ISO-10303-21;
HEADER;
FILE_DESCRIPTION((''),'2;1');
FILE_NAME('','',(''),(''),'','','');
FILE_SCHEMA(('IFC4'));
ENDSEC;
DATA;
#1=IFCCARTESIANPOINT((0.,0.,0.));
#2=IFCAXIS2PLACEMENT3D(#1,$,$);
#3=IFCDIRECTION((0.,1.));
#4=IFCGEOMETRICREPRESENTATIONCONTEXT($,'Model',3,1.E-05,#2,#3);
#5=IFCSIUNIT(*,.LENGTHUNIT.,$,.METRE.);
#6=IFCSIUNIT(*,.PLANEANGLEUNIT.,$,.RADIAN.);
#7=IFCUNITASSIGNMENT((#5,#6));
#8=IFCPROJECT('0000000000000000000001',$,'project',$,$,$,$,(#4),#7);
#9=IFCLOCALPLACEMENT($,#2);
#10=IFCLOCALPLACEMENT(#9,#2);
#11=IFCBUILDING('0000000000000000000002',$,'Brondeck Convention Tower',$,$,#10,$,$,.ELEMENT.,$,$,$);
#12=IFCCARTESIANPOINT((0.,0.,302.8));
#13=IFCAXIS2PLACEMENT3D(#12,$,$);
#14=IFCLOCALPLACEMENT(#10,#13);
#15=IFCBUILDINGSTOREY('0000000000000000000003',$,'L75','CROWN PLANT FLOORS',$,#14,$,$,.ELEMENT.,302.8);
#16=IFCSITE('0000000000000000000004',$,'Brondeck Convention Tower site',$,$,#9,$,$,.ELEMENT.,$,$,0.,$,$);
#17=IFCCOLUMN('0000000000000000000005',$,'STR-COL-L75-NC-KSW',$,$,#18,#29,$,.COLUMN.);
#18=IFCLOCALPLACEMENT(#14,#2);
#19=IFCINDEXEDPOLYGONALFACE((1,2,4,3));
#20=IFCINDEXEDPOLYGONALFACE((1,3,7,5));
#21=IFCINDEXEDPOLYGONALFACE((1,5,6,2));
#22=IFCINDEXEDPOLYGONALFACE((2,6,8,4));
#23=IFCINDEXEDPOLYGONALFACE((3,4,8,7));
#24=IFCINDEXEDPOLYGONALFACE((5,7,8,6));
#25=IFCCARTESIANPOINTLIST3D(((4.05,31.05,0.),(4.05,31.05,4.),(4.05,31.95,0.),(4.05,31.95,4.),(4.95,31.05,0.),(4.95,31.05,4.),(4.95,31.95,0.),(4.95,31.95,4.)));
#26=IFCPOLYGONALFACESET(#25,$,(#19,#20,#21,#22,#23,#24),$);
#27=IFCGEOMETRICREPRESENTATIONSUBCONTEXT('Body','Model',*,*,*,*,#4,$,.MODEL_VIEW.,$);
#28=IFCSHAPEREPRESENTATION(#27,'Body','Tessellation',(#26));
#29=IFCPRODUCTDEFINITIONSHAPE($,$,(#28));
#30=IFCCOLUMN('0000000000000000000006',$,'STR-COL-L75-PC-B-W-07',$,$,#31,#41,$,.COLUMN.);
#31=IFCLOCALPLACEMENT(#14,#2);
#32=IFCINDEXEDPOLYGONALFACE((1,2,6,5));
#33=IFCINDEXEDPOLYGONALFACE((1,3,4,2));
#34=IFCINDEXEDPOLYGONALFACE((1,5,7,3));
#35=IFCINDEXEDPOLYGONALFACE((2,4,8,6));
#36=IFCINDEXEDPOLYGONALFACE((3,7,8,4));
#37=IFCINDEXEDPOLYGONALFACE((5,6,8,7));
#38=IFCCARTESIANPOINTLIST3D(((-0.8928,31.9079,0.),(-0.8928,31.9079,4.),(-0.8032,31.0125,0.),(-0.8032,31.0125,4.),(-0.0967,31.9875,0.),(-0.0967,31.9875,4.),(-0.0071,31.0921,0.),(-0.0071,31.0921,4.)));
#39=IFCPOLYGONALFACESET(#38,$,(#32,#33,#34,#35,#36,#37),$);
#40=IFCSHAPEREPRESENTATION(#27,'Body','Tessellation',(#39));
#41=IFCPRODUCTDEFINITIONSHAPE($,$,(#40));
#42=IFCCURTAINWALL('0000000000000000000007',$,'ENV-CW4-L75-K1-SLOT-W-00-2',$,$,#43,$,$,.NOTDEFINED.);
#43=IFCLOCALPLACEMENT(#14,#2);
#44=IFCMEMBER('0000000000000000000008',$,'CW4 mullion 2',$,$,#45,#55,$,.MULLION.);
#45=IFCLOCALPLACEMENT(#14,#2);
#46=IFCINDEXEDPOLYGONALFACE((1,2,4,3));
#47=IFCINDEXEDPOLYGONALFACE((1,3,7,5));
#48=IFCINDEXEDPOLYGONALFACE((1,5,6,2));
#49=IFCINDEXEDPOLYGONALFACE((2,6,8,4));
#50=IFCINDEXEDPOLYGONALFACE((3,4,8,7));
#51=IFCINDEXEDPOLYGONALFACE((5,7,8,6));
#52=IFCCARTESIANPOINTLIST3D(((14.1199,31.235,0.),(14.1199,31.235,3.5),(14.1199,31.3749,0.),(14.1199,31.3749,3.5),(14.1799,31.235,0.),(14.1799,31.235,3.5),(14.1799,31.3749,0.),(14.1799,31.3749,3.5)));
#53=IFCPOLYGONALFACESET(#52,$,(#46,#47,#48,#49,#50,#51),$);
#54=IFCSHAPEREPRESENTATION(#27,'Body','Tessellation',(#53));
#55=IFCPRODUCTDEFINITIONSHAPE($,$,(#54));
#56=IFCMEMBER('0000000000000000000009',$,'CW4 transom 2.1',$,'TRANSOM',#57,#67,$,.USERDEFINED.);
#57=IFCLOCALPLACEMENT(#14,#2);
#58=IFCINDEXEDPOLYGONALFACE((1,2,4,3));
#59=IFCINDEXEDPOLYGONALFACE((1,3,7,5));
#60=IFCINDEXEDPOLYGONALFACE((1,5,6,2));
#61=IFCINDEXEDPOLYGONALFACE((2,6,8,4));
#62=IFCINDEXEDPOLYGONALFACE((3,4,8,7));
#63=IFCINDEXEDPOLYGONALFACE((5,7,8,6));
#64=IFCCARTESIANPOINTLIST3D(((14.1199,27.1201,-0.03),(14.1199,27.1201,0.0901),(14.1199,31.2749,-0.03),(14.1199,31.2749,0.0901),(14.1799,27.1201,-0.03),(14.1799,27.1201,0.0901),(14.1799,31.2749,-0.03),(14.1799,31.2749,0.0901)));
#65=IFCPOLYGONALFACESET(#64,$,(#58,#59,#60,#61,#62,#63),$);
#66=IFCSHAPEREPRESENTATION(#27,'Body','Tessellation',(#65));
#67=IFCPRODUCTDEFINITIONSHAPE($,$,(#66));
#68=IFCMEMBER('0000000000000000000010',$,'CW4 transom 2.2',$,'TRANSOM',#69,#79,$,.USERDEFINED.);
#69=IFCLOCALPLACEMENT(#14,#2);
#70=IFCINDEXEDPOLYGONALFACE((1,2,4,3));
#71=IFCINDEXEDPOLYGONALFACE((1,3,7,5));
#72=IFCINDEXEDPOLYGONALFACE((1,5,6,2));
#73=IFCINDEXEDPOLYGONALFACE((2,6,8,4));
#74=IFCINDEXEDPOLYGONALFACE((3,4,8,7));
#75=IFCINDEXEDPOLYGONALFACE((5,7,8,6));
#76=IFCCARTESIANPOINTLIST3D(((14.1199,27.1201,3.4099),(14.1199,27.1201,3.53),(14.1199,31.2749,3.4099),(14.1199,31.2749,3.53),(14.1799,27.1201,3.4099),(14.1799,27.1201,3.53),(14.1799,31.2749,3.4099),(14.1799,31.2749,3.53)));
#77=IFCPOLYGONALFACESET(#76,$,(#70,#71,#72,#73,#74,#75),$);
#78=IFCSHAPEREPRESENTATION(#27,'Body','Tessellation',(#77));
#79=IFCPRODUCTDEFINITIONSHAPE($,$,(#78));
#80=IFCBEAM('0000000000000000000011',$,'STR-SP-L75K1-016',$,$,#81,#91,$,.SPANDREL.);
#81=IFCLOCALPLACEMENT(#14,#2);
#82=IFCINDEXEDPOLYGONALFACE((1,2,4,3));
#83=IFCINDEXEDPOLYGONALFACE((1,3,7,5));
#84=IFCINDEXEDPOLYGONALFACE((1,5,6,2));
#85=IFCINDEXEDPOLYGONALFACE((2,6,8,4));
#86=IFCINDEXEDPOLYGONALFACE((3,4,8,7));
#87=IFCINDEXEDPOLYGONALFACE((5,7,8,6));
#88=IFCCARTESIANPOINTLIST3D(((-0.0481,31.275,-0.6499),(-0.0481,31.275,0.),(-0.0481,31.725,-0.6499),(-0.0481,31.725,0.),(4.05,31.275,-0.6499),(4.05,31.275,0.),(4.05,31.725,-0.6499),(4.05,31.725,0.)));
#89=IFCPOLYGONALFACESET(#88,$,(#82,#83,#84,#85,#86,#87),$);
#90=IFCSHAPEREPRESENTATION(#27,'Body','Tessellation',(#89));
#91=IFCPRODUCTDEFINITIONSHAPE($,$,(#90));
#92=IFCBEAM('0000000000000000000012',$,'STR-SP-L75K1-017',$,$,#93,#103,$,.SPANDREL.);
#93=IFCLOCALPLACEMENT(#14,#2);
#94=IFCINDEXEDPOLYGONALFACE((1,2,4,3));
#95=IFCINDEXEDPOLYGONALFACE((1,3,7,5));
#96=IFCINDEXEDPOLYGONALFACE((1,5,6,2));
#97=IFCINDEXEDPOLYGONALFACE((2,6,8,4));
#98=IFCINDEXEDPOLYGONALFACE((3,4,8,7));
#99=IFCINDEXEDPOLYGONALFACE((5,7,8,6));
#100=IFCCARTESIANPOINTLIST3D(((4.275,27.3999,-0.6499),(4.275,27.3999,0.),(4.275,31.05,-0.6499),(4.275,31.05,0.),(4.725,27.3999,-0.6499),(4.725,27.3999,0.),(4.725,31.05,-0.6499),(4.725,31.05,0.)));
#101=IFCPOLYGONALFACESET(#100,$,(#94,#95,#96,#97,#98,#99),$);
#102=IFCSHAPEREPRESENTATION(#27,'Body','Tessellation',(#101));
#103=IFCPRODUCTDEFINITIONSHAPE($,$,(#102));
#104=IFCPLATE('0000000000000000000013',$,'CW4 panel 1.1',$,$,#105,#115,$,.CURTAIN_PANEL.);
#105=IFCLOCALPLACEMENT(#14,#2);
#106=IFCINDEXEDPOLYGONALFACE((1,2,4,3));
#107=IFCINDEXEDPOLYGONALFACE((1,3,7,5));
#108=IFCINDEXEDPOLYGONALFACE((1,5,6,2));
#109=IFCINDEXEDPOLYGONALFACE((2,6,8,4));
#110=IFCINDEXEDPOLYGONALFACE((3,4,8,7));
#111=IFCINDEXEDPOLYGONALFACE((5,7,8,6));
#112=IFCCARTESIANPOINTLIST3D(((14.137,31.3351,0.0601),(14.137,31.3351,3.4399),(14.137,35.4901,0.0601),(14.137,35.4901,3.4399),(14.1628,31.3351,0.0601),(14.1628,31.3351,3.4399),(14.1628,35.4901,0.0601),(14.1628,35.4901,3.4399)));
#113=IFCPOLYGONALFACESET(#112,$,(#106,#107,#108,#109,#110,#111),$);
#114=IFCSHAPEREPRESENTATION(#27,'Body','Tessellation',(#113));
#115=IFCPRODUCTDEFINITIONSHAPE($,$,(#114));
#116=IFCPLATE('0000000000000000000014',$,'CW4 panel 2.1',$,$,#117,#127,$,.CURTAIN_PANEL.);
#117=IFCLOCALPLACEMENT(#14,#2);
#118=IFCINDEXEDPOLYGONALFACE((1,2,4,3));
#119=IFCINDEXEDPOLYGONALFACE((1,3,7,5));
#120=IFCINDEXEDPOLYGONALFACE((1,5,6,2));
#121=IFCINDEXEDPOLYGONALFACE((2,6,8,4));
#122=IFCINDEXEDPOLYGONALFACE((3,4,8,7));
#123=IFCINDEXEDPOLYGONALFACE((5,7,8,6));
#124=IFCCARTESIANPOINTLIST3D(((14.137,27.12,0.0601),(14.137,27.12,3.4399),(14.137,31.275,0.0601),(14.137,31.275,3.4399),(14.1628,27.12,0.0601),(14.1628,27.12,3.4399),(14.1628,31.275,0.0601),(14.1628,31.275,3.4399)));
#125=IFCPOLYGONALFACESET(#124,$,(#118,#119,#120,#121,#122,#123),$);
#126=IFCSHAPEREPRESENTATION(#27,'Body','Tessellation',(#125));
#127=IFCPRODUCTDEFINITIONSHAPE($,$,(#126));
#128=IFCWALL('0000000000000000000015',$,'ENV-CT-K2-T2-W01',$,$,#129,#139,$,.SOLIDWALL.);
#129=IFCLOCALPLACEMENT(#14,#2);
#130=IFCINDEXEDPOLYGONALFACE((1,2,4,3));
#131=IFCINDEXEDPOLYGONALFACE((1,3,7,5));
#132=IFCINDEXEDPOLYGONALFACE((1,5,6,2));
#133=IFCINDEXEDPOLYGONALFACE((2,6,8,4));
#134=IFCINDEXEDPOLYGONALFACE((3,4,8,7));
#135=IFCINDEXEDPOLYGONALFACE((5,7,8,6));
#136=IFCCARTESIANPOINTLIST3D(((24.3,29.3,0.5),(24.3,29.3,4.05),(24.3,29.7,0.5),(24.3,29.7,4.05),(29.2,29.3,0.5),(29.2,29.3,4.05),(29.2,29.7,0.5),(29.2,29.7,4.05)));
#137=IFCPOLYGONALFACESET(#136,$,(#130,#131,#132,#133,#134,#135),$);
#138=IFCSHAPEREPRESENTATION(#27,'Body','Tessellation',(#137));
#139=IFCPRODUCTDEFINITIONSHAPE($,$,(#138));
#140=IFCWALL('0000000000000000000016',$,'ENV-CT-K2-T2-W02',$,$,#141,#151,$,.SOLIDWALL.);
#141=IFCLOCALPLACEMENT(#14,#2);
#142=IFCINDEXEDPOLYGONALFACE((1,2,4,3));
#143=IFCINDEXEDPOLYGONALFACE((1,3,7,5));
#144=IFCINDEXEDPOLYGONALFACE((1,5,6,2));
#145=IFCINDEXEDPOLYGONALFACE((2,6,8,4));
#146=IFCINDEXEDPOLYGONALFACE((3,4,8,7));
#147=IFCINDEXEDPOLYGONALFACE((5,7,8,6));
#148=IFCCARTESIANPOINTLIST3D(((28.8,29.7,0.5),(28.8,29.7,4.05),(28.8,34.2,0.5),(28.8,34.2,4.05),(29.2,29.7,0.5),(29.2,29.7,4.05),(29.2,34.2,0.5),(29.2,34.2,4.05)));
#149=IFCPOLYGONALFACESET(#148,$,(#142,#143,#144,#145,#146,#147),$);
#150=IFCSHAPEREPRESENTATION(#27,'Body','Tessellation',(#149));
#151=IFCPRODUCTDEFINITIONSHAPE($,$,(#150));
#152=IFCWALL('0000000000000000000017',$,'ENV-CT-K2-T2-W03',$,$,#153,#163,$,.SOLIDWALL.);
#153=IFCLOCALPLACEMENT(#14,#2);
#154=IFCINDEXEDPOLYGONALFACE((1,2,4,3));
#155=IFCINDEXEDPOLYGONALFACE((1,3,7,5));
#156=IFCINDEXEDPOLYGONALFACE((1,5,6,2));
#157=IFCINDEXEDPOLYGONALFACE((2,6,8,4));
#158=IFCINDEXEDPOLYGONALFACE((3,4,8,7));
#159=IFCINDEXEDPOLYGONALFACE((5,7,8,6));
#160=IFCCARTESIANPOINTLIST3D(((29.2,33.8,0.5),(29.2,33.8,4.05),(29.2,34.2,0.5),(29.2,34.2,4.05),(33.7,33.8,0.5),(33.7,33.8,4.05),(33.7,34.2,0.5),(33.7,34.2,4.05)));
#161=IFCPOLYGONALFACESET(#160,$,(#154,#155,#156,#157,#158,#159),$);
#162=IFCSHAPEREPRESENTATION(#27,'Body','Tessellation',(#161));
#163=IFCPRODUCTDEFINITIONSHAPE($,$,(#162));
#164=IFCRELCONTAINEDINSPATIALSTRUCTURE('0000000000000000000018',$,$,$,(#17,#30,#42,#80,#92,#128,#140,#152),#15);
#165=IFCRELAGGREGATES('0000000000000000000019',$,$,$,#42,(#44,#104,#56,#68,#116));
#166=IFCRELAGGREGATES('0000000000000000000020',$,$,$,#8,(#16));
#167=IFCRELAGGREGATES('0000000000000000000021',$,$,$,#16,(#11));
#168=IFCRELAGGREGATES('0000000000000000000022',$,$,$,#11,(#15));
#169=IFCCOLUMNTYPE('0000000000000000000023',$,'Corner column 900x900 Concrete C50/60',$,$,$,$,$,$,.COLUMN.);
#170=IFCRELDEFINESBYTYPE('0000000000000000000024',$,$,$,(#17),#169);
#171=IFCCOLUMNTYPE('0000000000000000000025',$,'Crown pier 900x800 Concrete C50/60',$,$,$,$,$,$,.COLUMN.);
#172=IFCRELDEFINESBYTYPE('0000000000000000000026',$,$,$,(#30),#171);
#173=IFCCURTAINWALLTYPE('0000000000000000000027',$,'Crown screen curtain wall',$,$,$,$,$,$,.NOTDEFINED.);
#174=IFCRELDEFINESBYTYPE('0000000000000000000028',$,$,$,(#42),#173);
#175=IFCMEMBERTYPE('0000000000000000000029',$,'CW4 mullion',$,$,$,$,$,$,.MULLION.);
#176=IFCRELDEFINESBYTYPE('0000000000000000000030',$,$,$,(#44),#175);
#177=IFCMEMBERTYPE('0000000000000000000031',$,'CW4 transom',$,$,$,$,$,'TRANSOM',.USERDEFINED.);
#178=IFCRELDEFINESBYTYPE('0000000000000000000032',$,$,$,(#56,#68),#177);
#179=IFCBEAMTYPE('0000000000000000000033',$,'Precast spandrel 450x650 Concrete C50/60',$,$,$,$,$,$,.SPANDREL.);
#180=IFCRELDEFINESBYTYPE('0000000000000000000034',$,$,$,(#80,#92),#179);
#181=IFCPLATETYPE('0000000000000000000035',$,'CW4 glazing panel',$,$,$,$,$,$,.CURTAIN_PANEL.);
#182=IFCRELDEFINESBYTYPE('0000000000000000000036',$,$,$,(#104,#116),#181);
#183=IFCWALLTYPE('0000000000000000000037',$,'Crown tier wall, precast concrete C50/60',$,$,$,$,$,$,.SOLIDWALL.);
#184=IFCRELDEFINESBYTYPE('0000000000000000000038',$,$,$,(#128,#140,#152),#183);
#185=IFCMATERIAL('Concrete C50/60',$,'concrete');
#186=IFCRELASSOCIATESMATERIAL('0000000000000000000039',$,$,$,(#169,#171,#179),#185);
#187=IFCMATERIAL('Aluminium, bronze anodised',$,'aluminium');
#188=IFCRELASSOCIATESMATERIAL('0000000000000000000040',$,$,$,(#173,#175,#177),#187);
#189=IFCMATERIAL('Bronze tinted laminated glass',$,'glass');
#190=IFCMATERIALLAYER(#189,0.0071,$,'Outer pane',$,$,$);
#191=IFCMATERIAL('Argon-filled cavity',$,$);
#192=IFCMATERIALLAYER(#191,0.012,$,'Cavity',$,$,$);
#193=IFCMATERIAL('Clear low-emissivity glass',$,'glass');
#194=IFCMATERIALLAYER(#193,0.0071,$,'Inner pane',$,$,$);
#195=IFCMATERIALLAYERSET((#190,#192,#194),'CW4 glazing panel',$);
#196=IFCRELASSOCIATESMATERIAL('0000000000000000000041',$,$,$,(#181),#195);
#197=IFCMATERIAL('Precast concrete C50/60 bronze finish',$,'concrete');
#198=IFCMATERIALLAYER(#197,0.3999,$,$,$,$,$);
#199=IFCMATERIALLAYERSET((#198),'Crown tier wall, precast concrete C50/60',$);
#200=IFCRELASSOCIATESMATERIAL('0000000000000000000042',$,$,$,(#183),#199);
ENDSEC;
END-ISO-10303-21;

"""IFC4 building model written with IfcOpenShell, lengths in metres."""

from ifc_helpers import new_model, si_unit, direction, frame, frame_2d, origin, origin_2d, place, context, subcontext, project, spatial, rectangle, extrude, material, layer, layer_set, material_profile, profile_set, type_object, element, aggregate, save


model = new_model("IFC4")

# Units and contexts
model_context = context("Model", 3, precision=1e-05, world=origin(), true_north=direction((0.0, 1.0)))
body_context = subcontext(model_context, "Body", "Model", "MODEL_VIEW")
ifc_project = project(units=[si_unit("LENGTHUNIT", "METRE"), si_unit("PLANEANGLEUNIT", "RADIAN")], contexts=[model_context])

# Site, building, storey
site_placement = place(None, origin())
site = spatial("IfcSite", under=ifc_project, at=site_placement, Name="Brondeck Convention Tower site", CompositionType="ELEMENT", RefElevation=0.0)
building_placement = place(site_placement, origin())
building = spatial("IfcBuilding", under=site, at=building_placement, Name="Brondeck Convention Tower", CompositionType="ELEMENT")
storey_placement = place(building_placement, frame((0.0, 0.0, 302.8)))
storey = spatial("IfcBuildingStorey", under=building, at=storey_placement, Name="L75", Description="CROWN PLANT FLOORS", CompositionType="ELEMENT", Elevation=302.8)

# Columns
ifc_material_1 = material(Name="Concrete C50/60", Category="concrete")
ifc_material_profile_1 = material_profile(ifc_material_1, rectangle(XDim=0.8999, YDim=0.8999, at=origin_2d()), Name="Corner column 900x900 Concrete C50/60")
ifc_profile_set_1 = profile_set([ifc_material_profile_1], Name="Concrete C50/60")
column_type_1 = type_object("IfcColumnType", Name="Corner column 900x900 Concrete C50/60", PredefinedType="COLUMN", material=ifc_profile_set_1)
column_1_placement = place(storey_placement, frame((4.5, 31.5, 0.0), z_axis=(0.0, 0.0, 1.0), x_axis=(1.0, 0.0, 0.0)))
element("IfcColumn", 1, at=column_1_placement, inside=storey, type_object=column_type_1, Name="STR-COL-L75-NC-KSW", PredefinedType="COLUMN", context=body_context, shape_type="SweptSolid", body=[
    extrude(rectangle(XDim=0.8999, YDim=0.8999, at=origin_2d()), origin(), (0.0, 0.0, 1.0), 4.0),
])
ifc_material_profile_2 = material_profile(ifc_material_1, rectangle(XDim=0.8999, YDim=0.8, at=origin_2d()), Name="Crown pier 900x800 Concrete C50/60")
ifc_profile_set_2 = profile_set([ifc_material_profile_2], Name="Concrete C50/60")
column_type_2 = type_object("IfcColumnType", Name="Crown pier 900x800 Concrete C50/60", PredefinedType="COLUMN", material=ifc_profile_set_2)
column_2_placement = place(storey_placement, frame((-0.45, 31.5, 0.0), z_axis=(0.0, 0.0, 1.0), x_axis=(0.099504, -0.995037, 0.0)))
element("IfcColumn", 2, at=column_2_placement, inside=storey, type_object=column_type_2, Name="STR-COL-L75-PC-B-W-07", PredefinedType="COLUMN", context=body_context, shape_type="SweptSolid", body=[
    extrude(rectangle(XDim=0.8999, YDim=0.8, at=origin_2d()), origin(), (0.0, 0.0, 1.0), 4.0),
])

# Curtain wall, members
ifc_material_2 = material(Name="Aluminium, bronze anodised", Category="aluminium")
curtain_wall_type = type_object("IfcCurtainWallType", Name="Crown screen curtain wall", PredefinedType="NOTDEFINED", material=ifc_material_2)
curtain_wall_placement = place(storey_placement, origin())
curtain_wall = element("IfcCurtainWall", 3, at=curtain_wall_placement, inside=storey, type_object=curtain_wall_type, Name="ENV-CW4-L75-K1-SLOT-W-00-2", PredefinedType="NOTDEFINED")
ifc_material_profile_3 = material_profile(ifc_material_2, rectangle(XDim=0.0601, YDim=0.1399, at=origin_2d()), Name="CW4 mullion")
ifc_profile_set_3 = profile_set([ifc_material_profile_3], Name="Aluminium, bronze anodised")
member_type_1 = type_object("IfcMemberType", Name="CW4 mullion", PredefinedType="MULLION", material=ifc_profile_set_3)
member_1_placement = place(storey_placement, frame((14.1499, 31.3049, 0.0), z_axis=(0.0, 0.0, 1.0), x_axis=(1.0, 0.0, 0.0)))
member_1 = element("IfcMember", 4, at=member_1_placement, type_object=member_type_1, Name="CW4 mullion 2", PredefinedType="MULLION", context=body_context, shape_type="SweptSolid", body=[
    extrude(rectangle(XDim=0.0601, YDim=0.1399, at=origin_2d()), origin(), (0.0, 0.0, 1.0), 3.5),
])
ifc_material_profile_4 = material_profile(ifc_material_2, rectangle(XDim=0.0601, YDim=0.1201, at=origin_2d()), Name="CW4 transom")
ifc_profile_set_4 = profile_set([ifc_material_profile_4], Name="Aluminium, bronze anodised")
member_type_2 = type_object("IfcMemberType", Name="CW4 transom", ElementType="TRANSOM", PredefinedType="USERDEFINED", material=ifc_profile_set_4)
member_2_placement = place(storey_placement, frame((14.1499, 31.2749, 0.03), z_axis=(0.0, -1.0, 0.0), x_axis=(1.0, 0.0, 0.0)))
member_2 = element("IfcMember", 5, at=member_2_placement, type_object=member_type_2, Name="CW4 transom 2.1", ObjectType="TRANSOM", PredefinedType="USERDEFINED", context=body_context, shape_type="SweptSolid", body=[
    extrude(rectangle(XDim=0.0601, YDim=0.1201, at=origin_2d()), origin(), (0.0, 0.0, 1.0), 4.1548),
])
member_3_placement = place(storey_placement, frame((14.1499, 31.2749, 3.47), z_axis=(0.0, -1.0, 0.0), x_axis=(1.0, 0.0, 0.0)))
member_3 = element("IfcMember", 6, at=member_3_placement, type_object=member_type_2, Name="CW4 transom 2.2", ObjectType="TRANSOM", PredefinedType="USERDEFINED", context=body_context, shape_type="SweptSolid", body=[
    extrude(rectangle(XDim=0.0601, YDim=0.1201, at=origin_2d()), origin(), (0.0, 0.0, 1.0), 4.1548),
])

# Beams
ifc_material_profile_5 = material_profile(ifc_material_1, rectangle(XDim=0.45, YDim=0.6499, at=origin_2d()), Name="Precast spandrel 450x650 Concrete C50/60")
ifc_profile_set_5 = profile_set([ifc_material_profile_5], Name="Concrete C50/60")
beam_type = type_object("IfcBeamType", Name="Precast spandrel 450x650 Concrete C50/60", PredefinedType="SPANDREL", material=ifc_profile_set_5)
beam_1_placement = place(storey_placement, frame((-0.0481, 31.5, -0.325), z_axis=(1.0, 0.0, 0.0), x_axis=(0.0, 1.0, 0.0)))
element("IfcBeam", 7, at=beam_1_placement, inside=storey, type_object=beam_type, Name="STR-SP-L75K1-016", PredefinedType="SPANDREL", context=body_context, shape_type="SweptSolid", body=[
    extrude(rectangle(XDim=0.45, YDim=0.6499, at=origin_2d()), origin(), (0.0, 0.0, 1.0), 4.0981),
])
beam_2_placement = place(storey_placement, frame((4.5, 31.05, -0.325), z_axis=(0.0, -1.0, 0.0), x_axis=(1.0, 0.0, 0.0)))
element("IfcBeam", 8, at=beam_2_placement, inside=storey, type_object=beam_type, Name="STR-SP-L75K1-017", PredefinedType="SPANDREL", context=body_context, shape_type="SweptSolid", body=[
    extrude(rectangle(XDim=0.45, YDim=0.6499, at=origin_2d()), origin(), (0.0, 0.0, 1.0), 3.6501),
])

# Plates
ifc_material_3 = material(Name="Bronze tinted laminated glass", Category="glass")
ifc_layer_1 = layer(ifc_material_3, 0.0071, Name="Outer pane")
ifc_material_4 = material(Name="Argon-filled cavity")
ifc_layer_2 = layer(ifc_material_4, 0.012, Name="Cavity")
ifc_material_5 = material(Name="Clear low-emissivity glass", Category="glass")
ifc_layer_3 = layer(ifc_material_5, 0.0071, Name="Inner pane")
ifc_layer_set_1 = layer_set([ifc_layer_1, ifc_layer_2, ifc_layer_3], Name="CW4 glazing panel")
plate_type = type_object("IfcPlateType", Name="CW4 glazing panel", PredefinedType="CURTAIN_PANEL", material=ifc_layer_set_1)
plate_1_placement = place(storey_placement, frame((14.1499, 33.4126, 0.0601), z_axis=(0.0, 0.0, 1.0), x_axis=(0.0, -1.0, 0.0)))
plate_1 = element("IfcPlate", 9, at=plate_1_placement, type_object=plate_type, Name="CW4 panel 1.1", PredefinedType="CURTAIN_PANEL", context=body_context, shape_type="SweptSolid", body=[
    extrude(rectangle(XDim=4.155, YDim=0.0259, at=origin_2d()), origin(), (0.0, 0.0, 1.0), 3.3799),
])
plate_2_placement = place(storey_placement, frame((14.1499, 29.1975, 0.0601), z_axis=(0.0, 0.0, 1.0), x_axis=(0.0, -1.0, 0.0)))
plate_2 = element("IfcPlate", 10, at=plate_2_placement, type_object=plate_type, Name="CW4 panel 2.1", PredefinedType="CURTAIN_PANEL", context=body_context, shape_type="SweptSolid", body=[
    extrude(rectangle(XDim=4.155, YDim=0.0259, at=origin_2d()), origin(), (0.0, 0.0, 1.0), 3.3799),
])
aggregate(curtain_wall, [member_1, plate_1, member_2, member_3, plate_2])

# Walls
ifc_material_6 = material(Name="Precast concrete C50/60 bronze finish", Category="concrete")
ifc_layer_4 = layer(ifc_material_6, 0.3999)
ifc_layer_set_2 = layer_set([ifc_layer_4], Name="Crown tier wall, precast concrete C50/60")
wall_type_1 = type_object("IfcWallType", Name="Crown tier wall, precast concrete C50/60", PredefinedType="SOLIDWALL", material=ifc_layer_set_2)
wall_1_placement = place(storey_placement, frame((29.2, 29.5, 0.5), z_axis=(0.0, 0.0, 1.0), x_axis=(-1.0, 0.0, 0.0)))
element("IfcWall", 11, at=wall_1_placement, inside=storey, type_object=wall_type_1, Name="ENV-CT-K2-T2-W01", PredefinedType="SOLIDWALL", context=body_context, shape_type="SweptSolid", body=[
    extrude(rectangle(XDim=4.8999, YDim=0.3999, at=frame_2d((2.45, 0.0))), origin(), (0.0, 0.0, 1.0), 3.55),
])
for number, where, z_axis, x_axis, name in (
    (12, (29.0, 34.2, 0.5), (0.0, 0.0, 1.0), (0.0, -1.0, 0.0), "ENV-CT-K2-T2-W02"),
    (13, (33.7, 34.0, 0.5), (0.0, 0.0, 1.0), (-1.0, 0.0, 0.0), "ENV-CT-K2-T2-W03"),
):
    element("IfcWall", number, at=place(storey_placement, frame(where, z_axis=z_axis, x_axis=x_axis)), inside=storey, type_object=wall_type_1, Name=name, PredefinedType="SOLIDWALL", context=body_context, shape_type="SweptSolid", body=[
        extrude(rectangle(XDim=4.5, YDim=0.3999, at=frame_2d((2.25, 0.0))), origin(), (0.0, 0.0, 1.0), 3.55),
    ])

save(model, "model.ifc")
